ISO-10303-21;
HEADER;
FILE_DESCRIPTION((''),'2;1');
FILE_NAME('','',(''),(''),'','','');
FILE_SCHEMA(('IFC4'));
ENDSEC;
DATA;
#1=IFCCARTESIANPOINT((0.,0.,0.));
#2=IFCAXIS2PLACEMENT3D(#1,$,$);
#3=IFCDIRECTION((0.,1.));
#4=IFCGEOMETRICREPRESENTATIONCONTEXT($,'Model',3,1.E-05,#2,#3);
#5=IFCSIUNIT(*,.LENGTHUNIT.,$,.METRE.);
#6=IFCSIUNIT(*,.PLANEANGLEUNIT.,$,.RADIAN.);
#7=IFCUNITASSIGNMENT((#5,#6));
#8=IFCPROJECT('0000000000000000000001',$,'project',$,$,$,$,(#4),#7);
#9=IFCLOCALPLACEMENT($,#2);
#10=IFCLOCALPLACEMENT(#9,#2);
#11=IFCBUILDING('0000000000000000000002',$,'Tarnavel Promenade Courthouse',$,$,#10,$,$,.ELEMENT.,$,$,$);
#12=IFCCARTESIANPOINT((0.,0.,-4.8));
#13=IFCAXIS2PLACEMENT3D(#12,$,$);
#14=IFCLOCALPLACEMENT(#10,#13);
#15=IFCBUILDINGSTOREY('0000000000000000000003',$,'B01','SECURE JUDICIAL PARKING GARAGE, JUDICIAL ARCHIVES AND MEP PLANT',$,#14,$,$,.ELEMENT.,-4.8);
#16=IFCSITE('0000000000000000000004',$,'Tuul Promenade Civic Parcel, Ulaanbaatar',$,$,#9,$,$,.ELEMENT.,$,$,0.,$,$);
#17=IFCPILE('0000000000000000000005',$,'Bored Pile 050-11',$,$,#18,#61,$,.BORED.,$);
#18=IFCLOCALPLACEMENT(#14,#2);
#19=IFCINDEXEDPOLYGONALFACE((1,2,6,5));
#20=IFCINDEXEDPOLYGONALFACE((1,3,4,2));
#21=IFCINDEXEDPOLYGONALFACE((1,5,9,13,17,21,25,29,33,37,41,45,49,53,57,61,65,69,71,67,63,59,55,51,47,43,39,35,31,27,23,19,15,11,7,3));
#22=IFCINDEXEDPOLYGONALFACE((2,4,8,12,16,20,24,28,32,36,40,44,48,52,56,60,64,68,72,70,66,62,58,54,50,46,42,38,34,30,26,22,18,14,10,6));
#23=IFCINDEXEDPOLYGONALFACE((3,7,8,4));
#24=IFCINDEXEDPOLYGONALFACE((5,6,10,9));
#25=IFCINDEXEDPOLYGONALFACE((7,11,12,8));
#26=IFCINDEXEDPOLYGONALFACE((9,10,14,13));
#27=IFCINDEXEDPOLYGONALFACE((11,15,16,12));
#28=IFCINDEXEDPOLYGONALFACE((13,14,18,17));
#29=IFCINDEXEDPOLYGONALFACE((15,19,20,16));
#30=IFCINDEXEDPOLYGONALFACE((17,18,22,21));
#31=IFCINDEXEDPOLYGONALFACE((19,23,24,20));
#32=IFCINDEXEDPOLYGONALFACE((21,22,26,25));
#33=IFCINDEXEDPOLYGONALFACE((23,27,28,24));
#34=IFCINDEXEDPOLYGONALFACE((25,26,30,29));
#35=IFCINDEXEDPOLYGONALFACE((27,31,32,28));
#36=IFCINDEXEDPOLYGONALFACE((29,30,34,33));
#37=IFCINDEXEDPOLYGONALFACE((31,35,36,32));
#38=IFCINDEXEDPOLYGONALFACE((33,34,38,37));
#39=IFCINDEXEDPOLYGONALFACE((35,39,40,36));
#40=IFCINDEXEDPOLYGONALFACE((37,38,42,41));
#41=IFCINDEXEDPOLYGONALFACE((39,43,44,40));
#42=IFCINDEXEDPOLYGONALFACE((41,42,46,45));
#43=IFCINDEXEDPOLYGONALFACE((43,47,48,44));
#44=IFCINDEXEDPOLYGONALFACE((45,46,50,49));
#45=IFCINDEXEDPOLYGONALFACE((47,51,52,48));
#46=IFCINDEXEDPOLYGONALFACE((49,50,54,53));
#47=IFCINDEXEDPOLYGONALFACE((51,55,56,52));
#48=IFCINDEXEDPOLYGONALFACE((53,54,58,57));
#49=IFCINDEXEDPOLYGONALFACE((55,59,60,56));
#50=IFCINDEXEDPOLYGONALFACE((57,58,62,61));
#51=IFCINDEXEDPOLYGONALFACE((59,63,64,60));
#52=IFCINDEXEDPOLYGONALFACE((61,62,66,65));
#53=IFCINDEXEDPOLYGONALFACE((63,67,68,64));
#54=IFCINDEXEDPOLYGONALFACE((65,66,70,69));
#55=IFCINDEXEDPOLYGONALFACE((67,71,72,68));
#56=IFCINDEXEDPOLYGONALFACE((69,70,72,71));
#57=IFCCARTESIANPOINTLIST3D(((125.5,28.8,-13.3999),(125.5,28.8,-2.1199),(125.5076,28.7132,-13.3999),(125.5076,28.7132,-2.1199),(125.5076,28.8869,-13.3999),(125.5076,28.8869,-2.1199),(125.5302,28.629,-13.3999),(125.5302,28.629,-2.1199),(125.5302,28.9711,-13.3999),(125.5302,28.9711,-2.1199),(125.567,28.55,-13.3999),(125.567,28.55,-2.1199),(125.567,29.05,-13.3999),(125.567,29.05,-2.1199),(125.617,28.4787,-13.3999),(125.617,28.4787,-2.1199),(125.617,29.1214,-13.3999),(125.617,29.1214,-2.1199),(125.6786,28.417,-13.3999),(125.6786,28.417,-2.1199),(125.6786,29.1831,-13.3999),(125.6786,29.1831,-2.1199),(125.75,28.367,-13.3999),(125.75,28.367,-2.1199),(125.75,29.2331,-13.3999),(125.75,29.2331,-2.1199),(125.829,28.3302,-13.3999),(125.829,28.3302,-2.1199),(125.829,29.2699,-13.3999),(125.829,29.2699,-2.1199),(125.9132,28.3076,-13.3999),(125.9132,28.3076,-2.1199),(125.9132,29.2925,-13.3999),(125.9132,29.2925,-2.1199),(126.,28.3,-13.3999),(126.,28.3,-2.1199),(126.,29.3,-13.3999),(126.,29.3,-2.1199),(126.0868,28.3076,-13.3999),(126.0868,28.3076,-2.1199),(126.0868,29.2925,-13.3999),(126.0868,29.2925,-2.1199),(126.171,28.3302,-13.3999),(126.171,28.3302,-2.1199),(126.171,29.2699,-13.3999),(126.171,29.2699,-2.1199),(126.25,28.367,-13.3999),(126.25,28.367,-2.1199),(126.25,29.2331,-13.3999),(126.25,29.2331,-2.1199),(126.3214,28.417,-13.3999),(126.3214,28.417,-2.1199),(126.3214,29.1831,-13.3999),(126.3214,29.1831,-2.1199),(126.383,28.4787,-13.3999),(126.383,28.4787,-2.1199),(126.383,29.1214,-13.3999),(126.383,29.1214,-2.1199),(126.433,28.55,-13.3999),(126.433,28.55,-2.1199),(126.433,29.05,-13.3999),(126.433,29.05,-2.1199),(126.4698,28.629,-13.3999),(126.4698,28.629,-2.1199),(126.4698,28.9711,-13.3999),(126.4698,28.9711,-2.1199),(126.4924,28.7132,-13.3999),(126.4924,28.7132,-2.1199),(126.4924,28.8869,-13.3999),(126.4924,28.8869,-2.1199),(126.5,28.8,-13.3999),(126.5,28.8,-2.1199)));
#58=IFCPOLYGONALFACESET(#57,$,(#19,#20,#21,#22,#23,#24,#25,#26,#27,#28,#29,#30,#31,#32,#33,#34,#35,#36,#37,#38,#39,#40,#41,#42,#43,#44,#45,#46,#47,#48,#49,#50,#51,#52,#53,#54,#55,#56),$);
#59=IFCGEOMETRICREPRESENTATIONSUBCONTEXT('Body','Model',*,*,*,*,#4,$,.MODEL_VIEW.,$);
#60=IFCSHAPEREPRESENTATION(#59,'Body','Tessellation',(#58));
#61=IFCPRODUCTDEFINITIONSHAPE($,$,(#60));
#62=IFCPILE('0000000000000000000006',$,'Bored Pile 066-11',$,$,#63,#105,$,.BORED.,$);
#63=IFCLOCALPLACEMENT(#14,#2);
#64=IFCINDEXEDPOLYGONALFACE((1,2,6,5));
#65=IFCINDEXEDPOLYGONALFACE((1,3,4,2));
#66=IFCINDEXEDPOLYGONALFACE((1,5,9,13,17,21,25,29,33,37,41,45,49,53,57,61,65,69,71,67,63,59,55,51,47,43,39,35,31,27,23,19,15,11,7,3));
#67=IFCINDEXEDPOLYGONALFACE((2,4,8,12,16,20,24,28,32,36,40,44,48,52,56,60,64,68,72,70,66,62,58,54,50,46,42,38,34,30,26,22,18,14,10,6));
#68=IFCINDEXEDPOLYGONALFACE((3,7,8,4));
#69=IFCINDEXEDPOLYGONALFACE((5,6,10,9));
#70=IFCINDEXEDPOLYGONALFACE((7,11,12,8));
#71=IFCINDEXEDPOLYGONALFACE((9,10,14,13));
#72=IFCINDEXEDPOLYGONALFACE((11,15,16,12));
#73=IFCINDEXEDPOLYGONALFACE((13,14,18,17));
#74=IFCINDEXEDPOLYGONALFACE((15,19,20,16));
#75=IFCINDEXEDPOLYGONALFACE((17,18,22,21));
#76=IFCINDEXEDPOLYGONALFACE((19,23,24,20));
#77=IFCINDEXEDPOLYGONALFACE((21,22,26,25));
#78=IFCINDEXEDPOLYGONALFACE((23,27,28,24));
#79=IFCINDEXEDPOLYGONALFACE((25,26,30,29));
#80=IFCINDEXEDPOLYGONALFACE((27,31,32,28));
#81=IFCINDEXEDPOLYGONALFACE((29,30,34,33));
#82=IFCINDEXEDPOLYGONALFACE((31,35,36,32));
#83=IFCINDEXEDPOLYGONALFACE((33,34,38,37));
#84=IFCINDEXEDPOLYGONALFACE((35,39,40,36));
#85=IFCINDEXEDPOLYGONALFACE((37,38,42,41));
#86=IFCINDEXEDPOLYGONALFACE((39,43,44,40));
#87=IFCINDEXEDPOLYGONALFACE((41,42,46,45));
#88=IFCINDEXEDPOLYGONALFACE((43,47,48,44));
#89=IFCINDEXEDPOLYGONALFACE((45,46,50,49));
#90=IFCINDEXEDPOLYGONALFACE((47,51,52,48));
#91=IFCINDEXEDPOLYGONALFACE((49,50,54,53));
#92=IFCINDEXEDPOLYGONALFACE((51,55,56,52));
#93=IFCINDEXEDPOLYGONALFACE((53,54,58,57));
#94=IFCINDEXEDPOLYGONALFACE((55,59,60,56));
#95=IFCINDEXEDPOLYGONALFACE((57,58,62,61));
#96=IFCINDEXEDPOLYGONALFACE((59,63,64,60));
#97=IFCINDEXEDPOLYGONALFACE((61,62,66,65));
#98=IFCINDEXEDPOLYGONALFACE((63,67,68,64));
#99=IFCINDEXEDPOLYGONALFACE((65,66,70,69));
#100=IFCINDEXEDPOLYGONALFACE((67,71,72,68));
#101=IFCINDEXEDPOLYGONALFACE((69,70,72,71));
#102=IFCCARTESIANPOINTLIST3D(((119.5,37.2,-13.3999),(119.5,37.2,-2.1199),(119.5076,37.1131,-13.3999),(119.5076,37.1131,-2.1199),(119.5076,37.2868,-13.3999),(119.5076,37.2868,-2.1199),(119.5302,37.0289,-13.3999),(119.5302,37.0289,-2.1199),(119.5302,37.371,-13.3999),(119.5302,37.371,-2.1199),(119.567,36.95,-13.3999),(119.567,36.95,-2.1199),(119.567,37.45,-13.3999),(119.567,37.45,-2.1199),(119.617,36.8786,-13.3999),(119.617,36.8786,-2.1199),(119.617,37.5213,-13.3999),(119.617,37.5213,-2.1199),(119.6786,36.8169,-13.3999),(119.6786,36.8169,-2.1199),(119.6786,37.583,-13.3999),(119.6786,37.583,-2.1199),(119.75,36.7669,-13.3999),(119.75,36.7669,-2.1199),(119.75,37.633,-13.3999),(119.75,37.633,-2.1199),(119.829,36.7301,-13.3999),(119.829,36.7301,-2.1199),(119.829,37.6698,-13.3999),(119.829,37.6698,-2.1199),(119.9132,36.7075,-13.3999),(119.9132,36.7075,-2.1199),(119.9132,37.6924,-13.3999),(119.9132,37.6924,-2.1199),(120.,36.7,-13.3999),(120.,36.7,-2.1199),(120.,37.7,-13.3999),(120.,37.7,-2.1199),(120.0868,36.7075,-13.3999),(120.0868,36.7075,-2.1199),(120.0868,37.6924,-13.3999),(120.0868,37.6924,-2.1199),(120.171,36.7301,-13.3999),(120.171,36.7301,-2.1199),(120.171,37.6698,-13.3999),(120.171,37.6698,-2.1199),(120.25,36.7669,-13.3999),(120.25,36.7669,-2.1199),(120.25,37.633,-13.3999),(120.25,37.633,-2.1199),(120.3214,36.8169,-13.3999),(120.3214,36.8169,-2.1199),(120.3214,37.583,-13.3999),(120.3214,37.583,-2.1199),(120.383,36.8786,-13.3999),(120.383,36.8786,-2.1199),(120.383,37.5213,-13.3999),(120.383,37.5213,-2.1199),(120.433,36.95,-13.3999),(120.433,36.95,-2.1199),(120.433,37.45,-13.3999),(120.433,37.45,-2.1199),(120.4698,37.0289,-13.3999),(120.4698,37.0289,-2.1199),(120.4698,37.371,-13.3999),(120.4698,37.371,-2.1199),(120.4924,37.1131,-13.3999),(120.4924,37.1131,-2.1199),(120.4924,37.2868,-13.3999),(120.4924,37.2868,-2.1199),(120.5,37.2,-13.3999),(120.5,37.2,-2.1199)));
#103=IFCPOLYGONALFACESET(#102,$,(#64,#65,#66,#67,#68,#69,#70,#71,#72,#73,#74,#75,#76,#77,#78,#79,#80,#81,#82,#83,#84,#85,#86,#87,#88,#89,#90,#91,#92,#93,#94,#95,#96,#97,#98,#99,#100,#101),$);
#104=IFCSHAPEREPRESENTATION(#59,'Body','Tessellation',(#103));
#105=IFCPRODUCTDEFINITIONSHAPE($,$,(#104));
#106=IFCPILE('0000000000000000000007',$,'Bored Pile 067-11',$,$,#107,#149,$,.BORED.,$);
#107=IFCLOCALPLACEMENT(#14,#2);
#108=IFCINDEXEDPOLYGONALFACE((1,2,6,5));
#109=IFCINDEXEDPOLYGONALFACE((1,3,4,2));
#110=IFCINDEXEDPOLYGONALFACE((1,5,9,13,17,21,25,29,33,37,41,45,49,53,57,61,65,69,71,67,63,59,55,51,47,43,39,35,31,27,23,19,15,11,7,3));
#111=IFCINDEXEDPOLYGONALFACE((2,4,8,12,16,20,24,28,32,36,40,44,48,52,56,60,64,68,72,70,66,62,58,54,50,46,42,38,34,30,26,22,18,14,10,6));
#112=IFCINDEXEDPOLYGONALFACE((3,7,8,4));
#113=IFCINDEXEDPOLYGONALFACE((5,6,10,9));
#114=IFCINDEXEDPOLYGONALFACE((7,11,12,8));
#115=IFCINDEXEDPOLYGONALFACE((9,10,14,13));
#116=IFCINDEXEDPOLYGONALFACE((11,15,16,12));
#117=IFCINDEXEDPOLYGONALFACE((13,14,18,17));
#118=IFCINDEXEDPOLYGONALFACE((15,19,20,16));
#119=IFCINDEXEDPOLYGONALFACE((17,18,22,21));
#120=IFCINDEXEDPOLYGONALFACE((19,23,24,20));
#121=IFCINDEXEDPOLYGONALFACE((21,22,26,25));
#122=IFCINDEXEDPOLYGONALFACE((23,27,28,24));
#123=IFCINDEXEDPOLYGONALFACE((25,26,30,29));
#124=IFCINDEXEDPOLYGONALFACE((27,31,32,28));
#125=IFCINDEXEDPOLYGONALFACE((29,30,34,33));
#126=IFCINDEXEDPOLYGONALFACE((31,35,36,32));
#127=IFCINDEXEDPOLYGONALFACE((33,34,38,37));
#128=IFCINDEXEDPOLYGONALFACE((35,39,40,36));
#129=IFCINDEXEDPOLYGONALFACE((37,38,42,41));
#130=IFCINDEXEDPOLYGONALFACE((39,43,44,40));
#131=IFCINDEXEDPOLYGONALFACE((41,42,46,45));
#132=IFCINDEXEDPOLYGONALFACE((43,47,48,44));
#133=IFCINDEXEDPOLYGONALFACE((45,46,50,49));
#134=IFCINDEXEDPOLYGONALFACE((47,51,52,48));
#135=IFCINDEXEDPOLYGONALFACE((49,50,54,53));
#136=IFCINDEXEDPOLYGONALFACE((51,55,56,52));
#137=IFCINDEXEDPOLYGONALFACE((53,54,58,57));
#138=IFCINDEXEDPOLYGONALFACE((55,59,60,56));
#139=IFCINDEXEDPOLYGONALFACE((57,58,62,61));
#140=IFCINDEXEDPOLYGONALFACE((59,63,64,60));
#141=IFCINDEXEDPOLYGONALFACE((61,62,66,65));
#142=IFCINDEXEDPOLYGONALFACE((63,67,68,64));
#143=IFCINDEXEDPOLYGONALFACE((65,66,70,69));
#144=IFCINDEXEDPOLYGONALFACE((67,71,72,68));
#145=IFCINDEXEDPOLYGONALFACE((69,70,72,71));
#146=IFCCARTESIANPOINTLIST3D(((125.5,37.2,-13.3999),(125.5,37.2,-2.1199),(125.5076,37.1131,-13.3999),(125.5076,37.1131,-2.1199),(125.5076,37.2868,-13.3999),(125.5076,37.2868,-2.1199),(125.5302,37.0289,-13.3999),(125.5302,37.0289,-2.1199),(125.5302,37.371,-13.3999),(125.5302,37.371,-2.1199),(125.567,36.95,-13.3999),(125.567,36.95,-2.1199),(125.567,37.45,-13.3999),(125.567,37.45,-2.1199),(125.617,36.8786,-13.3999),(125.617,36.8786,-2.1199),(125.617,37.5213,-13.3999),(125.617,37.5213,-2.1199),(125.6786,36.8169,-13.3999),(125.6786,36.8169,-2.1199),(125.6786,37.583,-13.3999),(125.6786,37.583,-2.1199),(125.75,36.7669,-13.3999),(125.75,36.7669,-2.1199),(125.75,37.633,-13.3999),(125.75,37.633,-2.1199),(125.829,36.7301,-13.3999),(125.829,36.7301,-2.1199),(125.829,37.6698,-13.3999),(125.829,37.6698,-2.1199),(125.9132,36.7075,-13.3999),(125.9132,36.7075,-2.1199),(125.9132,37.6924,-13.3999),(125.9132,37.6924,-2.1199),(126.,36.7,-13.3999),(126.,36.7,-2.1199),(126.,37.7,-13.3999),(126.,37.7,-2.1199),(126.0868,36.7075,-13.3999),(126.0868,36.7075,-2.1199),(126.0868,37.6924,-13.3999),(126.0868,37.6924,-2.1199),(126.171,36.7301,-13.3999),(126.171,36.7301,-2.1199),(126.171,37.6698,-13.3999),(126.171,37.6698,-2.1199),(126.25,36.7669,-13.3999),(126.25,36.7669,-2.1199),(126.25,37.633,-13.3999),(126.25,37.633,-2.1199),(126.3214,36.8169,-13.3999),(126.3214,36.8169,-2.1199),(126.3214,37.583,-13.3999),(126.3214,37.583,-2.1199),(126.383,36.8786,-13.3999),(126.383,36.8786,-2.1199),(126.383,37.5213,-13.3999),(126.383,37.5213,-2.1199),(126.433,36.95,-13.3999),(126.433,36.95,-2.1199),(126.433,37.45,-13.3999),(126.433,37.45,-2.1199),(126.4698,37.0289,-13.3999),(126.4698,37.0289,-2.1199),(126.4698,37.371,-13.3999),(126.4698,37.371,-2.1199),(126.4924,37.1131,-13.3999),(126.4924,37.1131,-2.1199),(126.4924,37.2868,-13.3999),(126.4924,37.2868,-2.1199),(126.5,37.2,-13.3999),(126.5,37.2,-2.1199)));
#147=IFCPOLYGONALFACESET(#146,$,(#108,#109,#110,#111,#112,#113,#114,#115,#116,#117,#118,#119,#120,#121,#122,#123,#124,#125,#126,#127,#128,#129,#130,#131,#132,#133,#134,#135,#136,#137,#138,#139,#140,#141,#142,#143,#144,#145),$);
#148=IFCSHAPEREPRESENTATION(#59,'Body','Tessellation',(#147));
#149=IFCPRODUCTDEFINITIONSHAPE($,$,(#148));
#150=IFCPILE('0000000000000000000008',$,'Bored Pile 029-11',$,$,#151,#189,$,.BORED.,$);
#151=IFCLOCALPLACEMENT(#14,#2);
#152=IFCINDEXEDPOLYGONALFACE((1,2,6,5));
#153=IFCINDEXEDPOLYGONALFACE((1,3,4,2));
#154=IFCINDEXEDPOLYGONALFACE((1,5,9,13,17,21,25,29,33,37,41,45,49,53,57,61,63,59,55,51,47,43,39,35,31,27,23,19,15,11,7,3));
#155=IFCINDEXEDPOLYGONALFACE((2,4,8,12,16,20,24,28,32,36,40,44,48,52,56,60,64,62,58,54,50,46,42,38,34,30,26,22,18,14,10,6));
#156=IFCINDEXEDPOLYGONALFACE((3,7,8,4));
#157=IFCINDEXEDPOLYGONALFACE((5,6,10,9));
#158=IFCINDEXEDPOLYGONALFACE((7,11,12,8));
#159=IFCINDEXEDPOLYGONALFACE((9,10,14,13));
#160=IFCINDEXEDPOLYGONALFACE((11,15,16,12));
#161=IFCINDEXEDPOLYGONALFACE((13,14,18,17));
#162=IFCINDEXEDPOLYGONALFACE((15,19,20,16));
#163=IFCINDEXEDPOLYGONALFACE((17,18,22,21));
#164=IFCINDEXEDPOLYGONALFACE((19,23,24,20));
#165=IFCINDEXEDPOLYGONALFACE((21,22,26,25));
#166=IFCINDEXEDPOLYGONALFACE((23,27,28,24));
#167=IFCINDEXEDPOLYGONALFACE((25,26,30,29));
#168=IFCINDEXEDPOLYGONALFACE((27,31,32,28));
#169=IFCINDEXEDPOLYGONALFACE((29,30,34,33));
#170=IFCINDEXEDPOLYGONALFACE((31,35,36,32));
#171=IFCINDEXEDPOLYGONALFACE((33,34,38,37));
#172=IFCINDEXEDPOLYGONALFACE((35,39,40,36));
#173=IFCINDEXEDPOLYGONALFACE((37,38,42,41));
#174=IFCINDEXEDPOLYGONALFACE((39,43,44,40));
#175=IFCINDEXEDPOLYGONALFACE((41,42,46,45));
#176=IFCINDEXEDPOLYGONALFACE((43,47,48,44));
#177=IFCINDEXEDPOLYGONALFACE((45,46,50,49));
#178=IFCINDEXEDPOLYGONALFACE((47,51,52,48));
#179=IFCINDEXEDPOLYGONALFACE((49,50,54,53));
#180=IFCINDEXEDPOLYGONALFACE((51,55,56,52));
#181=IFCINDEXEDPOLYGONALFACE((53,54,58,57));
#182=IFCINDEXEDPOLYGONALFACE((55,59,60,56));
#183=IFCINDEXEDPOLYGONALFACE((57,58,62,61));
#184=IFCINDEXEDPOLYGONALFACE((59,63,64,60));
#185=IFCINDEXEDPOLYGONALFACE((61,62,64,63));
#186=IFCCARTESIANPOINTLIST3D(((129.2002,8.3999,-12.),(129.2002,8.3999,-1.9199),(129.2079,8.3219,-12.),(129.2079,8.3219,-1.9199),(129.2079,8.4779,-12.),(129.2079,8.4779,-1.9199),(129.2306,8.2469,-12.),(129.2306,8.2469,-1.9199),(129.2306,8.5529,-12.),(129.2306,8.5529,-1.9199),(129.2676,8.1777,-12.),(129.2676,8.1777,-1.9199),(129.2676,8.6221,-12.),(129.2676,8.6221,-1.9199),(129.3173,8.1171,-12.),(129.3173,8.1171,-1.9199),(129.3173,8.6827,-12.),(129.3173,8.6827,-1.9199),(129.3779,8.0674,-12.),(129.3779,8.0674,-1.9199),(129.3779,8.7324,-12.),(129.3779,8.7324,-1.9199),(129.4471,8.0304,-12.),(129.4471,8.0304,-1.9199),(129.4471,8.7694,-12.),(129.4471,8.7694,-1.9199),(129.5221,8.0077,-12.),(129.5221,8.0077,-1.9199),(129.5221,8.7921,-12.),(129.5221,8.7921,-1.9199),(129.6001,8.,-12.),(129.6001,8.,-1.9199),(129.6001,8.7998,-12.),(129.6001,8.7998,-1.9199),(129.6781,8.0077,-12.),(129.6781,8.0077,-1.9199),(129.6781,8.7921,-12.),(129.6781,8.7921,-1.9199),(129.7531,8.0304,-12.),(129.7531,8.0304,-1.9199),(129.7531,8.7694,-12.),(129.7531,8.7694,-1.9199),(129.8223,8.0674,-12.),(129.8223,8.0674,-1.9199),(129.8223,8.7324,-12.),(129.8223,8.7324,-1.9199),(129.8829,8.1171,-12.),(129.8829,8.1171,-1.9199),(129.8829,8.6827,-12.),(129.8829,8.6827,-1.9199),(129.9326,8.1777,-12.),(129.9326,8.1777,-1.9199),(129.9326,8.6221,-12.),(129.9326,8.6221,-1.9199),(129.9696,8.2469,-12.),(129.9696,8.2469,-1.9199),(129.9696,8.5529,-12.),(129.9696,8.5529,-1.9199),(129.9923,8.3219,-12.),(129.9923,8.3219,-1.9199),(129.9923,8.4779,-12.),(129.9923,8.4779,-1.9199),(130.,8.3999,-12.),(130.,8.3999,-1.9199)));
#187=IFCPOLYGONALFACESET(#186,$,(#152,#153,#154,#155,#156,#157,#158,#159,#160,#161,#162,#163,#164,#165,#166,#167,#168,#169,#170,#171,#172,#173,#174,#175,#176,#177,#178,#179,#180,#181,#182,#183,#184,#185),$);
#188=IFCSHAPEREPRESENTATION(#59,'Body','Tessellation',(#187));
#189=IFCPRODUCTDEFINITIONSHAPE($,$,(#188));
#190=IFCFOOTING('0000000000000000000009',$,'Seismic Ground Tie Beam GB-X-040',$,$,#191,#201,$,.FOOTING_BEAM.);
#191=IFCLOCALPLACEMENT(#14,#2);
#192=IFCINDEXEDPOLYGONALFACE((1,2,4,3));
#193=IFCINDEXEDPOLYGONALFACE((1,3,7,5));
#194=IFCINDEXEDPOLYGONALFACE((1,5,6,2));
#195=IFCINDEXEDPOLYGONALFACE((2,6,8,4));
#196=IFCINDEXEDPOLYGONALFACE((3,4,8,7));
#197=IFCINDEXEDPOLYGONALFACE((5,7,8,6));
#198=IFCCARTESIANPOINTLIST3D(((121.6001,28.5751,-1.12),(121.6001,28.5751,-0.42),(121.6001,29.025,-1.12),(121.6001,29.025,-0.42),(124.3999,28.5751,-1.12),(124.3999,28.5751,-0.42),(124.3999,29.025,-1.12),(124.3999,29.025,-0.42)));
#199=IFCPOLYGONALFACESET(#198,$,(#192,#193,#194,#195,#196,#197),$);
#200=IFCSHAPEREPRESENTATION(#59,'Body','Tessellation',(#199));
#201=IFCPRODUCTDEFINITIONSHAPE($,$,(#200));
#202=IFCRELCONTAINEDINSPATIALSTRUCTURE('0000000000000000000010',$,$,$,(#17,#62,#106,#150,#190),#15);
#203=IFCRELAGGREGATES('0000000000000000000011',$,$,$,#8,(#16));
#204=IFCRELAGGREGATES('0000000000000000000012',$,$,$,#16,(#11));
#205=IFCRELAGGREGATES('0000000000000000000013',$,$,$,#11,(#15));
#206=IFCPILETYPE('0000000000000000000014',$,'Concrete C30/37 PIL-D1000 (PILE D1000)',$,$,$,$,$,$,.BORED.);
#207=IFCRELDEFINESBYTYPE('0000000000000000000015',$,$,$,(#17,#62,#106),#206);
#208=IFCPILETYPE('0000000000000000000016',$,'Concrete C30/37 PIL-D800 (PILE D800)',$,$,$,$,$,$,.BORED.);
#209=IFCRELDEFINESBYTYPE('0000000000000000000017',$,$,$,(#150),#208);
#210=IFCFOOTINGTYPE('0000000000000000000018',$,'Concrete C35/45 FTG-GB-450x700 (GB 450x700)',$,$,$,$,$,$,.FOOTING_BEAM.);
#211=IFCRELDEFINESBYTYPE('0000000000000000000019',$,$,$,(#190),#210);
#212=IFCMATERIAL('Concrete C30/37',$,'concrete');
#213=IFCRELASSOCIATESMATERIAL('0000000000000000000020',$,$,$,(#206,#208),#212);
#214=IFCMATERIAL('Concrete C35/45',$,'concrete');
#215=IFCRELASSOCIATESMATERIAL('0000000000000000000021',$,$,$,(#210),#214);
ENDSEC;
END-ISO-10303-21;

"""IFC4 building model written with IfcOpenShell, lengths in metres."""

from ifc_helpers import new_model, si_unit, direction, frame, origin, origin_2d, place, context, subcontext, project, spatial, rectangle, circle, extrude, material, material_profile, profile_set, type_object, element, save


model = new_model("IFC4")

# Units and contexts
model_context = context("Model", 3, precision=1e-05, world=origin(), true_north=direction((0.0, 1.0)))
body_context = subcontext(model_context, "Body", "Model", "MODEL_VIEW")
ifc_project = project(units=[si_unit("LENGTHUNIT", "METRE"), si_unit("PLANEANGLEUNIT", "RADIAN")], contexts=[model_context])

# Site, building, storey
site_placement = place(None, origin())
site = spatial("IfcSite", under=ifc_project, at=site_placement, Name="Tuul Promenade Civic Parcel, Ulaanbaatar", CompositionType="ELEMENT", RefElevation=0.0)
building_placement = place(site_placement, origin())
building = spatial("IfcBuilding", under=site, at=building_placement, Name="Tarnavel Promenade Courthouse", CompositionType="ELEMENT")
storey_placement = place(building_placement, frame((0.0, 0.0, -4.8)))
storey = spatial("IfcBuildingStorey", under=building, at=storey_placement, Name="B01", Description="SECURE JUDICIAL PARKING GARAGE, JUDICIAL ARCHIVES AND MEP PLANT", CompositionType="ELEMENT", Elevation=-4.8)

# Piles
ifc_material_1 = material(Name="Concrete C30/37", Category="concrete")
ifc_material_profile_1 = material_profile(ifc_material_1, circle(Radius=0.5, at=origin_2d()), Name="PILE D1000")
ifc_profile_set_1 = profile_set([ifc_material_profile_1], Name="Concrete C30/37")
pile_type_1 = type_object("IfcPileType", Name="Concrete C30/37 PIL-D1000 (PILE D1000)", PredefinedType="BORED", material=ifc_profile_set_1)
for number, where, z_axis, x_axis, name in (
    (1, (126.0, 28.8, -2.1199), (0.0, 0.0, -1.0), (1.0, 0.0, 0.0), "Bored Pile 050-11"),
    (2, (120.0, 37.2, -2.1199), (0.0, 0.0, -1.0), (1.0, 0.0, 0.0), "Bored Pile 066-11"),
    (3, (126.0, 37.2, -2.1199), (0.0, 0.0, -1.0), (1.0, 0.0, 0.0), "Bored Pile 067-11"),
):
    element("IfcPile", number, at=place(storey_placement, frame(where, z_axis=z_axis, x_axis=x_axis)), inside=storey, type_object=pile_type_1, Name=name, PredefinedType="BORED", context=body_context, shape_type="SweptSolid", body=[
        extrude(circle(Radius=0.5, at=origin_2d()), origin(), (0.0, 0.0, 1.0), 11.28),
    ])
ifc_material_profile_2 = material_profile(ifc_material_1, circle(Radius=0.3999, at=origin_2d()), Name="PILE D800")
ifc_profile_set_2 = profile_set([ifc_material_profile_2], Name="Concrete C30/37")
pile_type_2 = type_object("IfcPileType", Name="Concrete C30/37 PIL-D800 (PILE D800)", PredefinedType="BORED", material=ifc_profile_set_2)
pile_placement = place(storey_placement, frame((129.6001, 8.3999, -1.9199), z_axis=(0.0, 0.0, -1.0), x_axis=(1.0, 0.0, 0.0)))
element("IfcPile", 4, at=pile_placement, inside=storey, type_object=pile_type_2, Name="Bored Pile 029-11", PredefinedType="BORED", context=body_context, shape_type="SweptSolid", body=[
    extrude(circle(Radius=0.3999, at=origin_2d()), origin(), (0.0, 0.0, 1.0), 10.0801),
])

# Footing
ifc_material_2 = material(Name="Concrete C35/45", Category="concrete")
ifc_material_profile_3 = material_profile(ifc_material_2, rectangle(XDim=0.45, YDim=0.7, at=origin_2d()), Name="GB 450x700")
ifc_profile_set_3 = profile_set([ifc_material_profile_3], Name="Concrete C35/45")
footing_type_1 = type_object("IfcFootingType", Name="Concrete C35/45 FTG-GB-450x700 (GB 450x700)", PredefinedType="FOOTING_BEAM", material=ifc_profile_set_3)
for number, where, z_axis, x_axis, name in (
    (5, (121.6001, 28.8, -0.77), (1.0, 0.0, 0.0), (0.0, 1.0, 0.0), "Seismic Ground Tie Beam GB-X-040"),
):
    element("IfcFooting", number, at=place(storey_placement, frame(where, z_axis=z_axis, x_axis=x_axis)), inside=storey, type_object=footing_type_1, Name=name, PredefinedType="FOOTING_BEAM", context=body_context, shape_type="SweptSolid", body=[
        extrude(rectangle(XDim=0.45, YDim=0.7, at=origin_2d()), origin(), (0.0, 0.0, 1.0), 2.7998),
    ])

save(model, "model.ifc")
